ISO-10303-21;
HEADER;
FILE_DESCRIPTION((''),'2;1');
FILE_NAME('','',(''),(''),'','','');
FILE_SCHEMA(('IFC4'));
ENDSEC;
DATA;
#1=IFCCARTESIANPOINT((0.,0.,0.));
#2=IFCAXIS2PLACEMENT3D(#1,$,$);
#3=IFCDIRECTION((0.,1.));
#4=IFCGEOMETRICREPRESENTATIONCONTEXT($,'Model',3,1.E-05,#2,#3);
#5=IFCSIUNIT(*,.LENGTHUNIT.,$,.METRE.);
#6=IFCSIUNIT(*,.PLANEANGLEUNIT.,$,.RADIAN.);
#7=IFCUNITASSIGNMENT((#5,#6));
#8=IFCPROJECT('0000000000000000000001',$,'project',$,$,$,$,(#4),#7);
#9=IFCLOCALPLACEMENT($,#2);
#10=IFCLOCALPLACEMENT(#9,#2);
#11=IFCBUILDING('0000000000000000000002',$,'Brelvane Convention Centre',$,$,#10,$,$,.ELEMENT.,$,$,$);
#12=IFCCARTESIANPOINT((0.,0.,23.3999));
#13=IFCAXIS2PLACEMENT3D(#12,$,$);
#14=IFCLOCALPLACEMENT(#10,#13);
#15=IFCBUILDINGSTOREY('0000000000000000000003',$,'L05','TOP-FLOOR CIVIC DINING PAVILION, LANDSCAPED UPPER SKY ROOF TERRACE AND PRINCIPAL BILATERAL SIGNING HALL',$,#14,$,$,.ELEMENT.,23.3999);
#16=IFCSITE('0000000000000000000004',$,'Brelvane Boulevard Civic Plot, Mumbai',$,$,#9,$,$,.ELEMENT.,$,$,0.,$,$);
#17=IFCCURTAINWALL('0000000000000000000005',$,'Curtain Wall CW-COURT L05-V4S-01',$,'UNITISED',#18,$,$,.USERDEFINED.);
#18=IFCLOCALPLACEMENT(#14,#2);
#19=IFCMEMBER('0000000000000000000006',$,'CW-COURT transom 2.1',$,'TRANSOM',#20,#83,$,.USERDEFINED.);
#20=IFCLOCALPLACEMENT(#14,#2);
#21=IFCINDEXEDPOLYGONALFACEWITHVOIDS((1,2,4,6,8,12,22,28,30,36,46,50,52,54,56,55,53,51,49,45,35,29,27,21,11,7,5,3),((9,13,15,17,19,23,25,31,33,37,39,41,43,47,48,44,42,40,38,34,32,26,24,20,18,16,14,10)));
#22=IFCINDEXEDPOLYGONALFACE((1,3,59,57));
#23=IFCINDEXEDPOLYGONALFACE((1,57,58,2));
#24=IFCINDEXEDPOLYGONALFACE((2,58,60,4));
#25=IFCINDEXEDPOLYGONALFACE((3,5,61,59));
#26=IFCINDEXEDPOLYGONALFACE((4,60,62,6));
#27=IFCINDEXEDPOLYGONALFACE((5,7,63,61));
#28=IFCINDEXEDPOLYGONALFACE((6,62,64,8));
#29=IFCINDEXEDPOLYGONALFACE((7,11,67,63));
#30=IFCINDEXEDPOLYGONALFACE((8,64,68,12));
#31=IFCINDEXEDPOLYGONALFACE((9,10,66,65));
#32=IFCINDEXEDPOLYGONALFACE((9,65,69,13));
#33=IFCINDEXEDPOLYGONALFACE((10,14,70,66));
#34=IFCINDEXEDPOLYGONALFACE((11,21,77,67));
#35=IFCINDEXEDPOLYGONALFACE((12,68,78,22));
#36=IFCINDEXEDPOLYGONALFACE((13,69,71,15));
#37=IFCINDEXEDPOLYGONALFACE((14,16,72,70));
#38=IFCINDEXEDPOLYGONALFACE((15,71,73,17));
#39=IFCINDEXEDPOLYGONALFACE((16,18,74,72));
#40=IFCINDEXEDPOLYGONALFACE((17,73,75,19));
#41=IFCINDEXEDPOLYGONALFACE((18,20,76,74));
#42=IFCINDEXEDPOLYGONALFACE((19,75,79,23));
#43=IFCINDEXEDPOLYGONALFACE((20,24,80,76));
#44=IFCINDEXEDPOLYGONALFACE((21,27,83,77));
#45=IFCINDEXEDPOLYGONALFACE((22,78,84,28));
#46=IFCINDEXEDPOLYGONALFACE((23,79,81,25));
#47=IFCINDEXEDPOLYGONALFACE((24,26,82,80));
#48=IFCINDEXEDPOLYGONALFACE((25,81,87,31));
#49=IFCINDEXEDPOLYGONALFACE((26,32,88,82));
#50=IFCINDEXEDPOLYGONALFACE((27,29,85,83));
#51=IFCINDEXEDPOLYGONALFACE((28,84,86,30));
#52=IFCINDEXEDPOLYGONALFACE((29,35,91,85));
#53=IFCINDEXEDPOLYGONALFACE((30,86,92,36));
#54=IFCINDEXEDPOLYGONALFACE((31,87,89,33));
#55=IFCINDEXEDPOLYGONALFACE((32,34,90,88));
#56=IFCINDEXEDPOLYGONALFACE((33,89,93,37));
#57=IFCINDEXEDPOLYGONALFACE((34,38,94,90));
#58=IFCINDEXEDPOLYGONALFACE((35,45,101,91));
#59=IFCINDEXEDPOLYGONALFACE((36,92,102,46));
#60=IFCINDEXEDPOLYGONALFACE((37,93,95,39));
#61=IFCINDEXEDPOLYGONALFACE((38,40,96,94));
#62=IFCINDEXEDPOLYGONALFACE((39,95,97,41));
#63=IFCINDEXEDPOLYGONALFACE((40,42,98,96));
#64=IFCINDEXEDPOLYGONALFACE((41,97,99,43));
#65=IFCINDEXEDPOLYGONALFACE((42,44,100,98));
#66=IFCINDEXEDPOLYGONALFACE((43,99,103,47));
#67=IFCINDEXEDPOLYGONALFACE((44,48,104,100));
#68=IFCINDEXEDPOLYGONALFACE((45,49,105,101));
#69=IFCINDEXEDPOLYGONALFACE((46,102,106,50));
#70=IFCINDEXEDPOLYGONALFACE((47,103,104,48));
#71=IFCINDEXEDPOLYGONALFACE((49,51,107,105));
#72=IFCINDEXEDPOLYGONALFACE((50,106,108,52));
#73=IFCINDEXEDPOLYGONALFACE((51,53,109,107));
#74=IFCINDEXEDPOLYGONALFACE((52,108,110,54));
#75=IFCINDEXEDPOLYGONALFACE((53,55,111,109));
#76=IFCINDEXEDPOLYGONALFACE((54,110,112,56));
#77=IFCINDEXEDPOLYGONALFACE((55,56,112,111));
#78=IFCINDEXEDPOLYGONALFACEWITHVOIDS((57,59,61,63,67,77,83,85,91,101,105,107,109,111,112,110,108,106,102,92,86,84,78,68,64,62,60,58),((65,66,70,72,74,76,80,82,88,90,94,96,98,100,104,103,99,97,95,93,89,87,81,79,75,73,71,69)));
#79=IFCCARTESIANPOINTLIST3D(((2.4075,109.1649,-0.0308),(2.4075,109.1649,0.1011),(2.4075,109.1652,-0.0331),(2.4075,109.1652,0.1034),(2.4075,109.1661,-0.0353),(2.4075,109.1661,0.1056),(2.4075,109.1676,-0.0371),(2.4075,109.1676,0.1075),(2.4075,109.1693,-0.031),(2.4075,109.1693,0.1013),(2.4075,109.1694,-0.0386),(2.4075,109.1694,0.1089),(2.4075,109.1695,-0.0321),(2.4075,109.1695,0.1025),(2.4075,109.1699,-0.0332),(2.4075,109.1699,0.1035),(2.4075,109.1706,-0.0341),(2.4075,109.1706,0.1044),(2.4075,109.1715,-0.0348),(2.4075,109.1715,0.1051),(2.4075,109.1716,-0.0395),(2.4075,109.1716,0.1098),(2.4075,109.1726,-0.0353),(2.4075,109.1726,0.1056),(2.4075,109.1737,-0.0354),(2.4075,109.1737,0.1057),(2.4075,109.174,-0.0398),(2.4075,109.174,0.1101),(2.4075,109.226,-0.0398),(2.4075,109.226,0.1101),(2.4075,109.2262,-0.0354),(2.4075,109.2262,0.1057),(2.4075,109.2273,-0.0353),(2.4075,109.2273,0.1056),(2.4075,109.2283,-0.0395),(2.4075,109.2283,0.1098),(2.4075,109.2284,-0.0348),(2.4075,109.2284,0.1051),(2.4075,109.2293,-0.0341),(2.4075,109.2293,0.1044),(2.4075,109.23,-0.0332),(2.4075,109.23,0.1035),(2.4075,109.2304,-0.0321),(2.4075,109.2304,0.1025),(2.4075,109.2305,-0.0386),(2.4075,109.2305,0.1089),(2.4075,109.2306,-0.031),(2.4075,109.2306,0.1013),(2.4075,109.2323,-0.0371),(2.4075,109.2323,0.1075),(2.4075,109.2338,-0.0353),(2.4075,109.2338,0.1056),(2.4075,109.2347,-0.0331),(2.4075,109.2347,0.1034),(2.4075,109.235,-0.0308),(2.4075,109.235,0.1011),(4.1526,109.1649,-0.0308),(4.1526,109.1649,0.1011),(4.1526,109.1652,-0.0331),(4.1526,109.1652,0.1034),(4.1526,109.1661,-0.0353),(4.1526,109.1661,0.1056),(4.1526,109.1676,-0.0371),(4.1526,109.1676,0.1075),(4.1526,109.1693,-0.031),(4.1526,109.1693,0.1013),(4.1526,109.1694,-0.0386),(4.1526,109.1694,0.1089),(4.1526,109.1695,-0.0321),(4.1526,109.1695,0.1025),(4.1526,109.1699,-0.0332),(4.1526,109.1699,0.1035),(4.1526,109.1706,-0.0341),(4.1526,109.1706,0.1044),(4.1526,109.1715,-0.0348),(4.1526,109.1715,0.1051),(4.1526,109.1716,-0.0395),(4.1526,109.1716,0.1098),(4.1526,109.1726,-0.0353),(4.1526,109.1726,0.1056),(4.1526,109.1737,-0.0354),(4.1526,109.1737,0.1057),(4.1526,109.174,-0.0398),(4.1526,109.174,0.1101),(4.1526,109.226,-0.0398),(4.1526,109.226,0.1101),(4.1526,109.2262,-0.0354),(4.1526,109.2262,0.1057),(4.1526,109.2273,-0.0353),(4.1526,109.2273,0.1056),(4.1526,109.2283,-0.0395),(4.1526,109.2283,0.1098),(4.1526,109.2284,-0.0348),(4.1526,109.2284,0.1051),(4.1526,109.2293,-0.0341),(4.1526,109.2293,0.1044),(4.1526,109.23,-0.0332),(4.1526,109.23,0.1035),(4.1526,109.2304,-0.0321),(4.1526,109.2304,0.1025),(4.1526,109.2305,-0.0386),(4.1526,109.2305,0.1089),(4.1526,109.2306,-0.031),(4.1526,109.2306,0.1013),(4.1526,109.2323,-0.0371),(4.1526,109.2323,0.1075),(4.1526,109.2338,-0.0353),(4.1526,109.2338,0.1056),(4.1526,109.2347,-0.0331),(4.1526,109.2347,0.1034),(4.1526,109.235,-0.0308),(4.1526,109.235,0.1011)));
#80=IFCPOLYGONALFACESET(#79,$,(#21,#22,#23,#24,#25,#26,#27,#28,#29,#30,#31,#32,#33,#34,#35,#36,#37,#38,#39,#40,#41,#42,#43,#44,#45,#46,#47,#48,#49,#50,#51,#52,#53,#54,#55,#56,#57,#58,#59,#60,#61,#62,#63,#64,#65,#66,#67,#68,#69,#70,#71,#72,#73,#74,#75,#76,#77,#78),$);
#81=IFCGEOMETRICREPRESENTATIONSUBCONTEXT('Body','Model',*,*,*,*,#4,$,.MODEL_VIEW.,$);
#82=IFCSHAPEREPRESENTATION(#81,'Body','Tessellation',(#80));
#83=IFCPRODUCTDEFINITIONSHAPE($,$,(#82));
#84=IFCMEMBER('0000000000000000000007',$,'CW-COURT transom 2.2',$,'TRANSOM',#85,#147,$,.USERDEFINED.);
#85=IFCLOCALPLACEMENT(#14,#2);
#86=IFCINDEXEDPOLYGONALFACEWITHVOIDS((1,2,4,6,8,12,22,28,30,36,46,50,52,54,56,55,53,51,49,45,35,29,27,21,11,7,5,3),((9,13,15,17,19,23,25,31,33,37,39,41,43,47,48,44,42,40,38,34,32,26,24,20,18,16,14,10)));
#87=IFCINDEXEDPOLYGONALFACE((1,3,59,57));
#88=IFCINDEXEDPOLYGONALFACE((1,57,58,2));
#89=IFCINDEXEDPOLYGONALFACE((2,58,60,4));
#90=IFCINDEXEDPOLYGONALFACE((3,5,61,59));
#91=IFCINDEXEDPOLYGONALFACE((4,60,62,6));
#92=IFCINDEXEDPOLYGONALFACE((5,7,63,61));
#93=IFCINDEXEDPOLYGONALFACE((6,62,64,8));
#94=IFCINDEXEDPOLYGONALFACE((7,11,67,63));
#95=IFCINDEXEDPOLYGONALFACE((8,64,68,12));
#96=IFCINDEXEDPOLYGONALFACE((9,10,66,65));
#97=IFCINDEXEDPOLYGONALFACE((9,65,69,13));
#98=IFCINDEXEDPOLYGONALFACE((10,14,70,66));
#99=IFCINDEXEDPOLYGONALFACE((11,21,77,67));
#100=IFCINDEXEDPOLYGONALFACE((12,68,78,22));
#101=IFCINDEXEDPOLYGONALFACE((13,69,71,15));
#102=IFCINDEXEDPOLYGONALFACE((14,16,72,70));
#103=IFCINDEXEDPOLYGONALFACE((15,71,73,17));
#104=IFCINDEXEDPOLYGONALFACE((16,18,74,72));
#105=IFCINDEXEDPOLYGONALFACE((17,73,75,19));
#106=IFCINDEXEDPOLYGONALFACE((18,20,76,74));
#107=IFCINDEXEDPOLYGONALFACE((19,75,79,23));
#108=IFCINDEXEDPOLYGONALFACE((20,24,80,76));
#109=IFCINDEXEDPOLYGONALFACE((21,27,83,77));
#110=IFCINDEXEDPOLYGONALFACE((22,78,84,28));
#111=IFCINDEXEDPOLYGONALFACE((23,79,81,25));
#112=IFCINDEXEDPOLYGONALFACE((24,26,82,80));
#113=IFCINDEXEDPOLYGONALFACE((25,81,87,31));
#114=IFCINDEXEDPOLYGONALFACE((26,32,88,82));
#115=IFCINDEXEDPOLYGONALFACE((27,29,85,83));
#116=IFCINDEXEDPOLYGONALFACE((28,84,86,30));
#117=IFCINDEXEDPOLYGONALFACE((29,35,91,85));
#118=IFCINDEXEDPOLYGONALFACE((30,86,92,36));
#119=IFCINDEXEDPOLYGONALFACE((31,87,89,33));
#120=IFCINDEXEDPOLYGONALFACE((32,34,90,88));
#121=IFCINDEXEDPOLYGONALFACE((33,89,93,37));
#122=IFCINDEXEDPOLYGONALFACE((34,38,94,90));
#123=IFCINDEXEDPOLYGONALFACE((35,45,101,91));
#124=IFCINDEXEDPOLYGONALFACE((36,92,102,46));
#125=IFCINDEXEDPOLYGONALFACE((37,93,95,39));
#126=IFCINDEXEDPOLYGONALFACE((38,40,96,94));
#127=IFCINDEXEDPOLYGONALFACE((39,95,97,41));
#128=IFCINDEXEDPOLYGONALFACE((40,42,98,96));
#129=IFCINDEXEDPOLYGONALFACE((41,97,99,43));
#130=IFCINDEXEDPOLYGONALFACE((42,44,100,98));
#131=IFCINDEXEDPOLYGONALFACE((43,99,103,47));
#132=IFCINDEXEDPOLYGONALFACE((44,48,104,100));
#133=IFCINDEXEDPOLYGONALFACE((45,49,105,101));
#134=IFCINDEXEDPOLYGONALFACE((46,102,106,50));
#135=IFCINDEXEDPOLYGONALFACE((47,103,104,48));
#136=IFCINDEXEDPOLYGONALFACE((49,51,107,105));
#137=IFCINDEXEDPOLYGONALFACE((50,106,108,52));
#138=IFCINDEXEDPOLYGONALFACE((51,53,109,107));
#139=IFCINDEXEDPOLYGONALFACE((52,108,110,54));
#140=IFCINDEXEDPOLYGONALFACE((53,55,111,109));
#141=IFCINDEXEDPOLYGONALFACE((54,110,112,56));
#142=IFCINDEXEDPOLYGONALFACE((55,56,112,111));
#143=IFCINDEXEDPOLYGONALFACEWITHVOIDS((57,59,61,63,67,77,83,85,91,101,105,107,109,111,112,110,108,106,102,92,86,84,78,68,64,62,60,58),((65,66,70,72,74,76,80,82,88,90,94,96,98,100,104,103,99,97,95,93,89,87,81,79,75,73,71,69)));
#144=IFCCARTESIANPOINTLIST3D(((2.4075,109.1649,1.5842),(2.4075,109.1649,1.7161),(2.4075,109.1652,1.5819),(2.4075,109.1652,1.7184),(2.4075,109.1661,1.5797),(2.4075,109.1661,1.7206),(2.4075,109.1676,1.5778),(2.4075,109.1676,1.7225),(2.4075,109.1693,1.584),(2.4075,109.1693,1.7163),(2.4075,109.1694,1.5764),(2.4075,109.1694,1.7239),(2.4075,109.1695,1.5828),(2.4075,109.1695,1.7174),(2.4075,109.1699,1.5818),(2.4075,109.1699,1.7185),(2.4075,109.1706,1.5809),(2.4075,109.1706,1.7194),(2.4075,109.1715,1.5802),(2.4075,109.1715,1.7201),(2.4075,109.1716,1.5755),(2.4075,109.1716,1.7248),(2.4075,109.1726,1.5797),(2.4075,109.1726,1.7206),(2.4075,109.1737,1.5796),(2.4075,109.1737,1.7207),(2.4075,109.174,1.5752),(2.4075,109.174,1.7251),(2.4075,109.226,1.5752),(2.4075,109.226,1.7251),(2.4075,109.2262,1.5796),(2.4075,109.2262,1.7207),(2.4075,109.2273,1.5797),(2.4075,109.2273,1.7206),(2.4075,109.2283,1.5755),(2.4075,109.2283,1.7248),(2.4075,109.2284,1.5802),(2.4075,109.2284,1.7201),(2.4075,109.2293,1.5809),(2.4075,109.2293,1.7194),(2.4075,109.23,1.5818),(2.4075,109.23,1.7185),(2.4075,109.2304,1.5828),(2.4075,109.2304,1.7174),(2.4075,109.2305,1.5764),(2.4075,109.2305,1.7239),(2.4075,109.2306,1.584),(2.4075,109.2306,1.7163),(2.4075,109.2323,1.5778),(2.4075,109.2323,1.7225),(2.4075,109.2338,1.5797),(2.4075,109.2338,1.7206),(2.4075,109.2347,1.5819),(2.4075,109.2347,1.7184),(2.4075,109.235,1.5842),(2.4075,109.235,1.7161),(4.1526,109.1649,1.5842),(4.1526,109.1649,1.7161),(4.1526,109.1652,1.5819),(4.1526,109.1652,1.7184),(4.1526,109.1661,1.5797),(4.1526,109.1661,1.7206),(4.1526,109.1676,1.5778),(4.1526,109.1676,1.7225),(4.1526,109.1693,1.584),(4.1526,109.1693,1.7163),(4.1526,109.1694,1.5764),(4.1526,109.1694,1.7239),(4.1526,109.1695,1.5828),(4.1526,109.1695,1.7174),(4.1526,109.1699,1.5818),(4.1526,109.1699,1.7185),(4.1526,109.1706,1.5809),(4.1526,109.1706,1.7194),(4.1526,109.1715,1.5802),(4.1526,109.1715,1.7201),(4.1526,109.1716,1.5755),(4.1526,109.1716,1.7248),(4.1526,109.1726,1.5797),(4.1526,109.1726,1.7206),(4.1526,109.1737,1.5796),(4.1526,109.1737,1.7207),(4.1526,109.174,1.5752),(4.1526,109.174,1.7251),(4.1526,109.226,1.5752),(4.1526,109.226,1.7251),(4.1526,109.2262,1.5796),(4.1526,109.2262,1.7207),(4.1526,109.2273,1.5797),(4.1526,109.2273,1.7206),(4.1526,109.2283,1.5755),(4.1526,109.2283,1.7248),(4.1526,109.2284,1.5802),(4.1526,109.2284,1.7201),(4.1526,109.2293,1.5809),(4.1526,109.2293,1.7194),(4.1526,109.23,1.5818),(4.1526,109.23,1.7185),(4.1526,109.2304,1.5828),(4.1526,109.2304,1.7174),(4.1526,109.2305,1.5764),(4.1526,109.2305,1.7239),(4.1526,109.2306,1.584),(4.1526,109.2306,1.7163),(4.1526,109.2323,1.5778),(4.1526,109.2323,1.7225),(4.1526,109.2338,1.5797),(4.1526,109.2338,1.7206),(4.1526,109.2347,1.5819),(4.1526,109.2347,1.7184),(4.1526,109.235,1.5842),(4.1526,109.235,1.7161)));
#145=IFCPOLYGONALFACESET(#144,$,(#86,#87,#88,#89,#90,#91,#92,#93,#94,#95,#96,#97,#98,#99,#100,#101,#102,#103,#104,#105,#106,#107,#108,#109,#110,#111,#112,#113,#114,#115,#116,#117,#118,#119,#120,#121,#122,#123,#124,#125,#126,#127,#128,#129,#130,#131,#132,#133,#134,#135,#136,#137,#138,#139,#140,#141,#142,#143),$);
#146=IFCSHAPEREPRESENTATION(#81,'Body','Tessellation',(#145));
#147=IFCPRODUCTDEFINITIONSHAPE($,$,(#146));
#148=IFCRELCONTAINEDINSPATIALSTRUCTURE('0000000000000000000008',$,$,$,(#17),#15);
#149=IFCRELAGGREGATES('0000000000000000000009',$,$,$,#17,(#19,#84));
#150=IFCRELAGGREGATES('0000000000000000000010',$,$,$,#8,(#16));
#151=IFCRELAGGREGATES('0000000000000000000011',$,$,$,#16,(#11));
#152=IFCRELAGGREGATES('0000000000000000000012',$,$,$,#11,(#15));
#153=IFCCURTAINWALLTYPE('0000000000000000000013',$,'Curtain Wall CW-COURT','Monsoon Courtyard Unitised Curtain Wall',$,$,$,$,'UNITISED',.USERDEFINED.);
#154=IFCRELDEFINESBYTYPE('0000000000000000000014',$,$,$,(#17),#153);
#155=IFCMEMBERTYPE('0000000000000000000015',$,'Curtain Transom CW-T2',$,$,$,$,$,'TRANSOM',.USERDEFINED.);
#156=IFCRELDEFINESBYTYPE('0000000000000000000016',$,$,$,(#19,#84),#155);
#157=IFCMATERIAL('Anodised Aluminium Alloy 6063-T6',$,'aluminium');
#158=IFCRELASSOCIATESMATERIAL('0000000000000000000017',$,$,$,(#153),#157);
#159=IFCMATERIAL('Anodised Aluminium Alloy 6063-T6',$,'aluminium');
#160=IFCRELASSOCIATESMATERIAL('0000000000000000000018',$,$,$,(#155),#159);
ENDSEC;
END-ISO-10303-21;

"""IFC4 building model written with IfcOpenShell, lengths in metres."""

from ifc_helpers import new_model, si_unit, direction, frame, origin, origin_2d, place, context, subcontext, project, spatial, hollow_rectangle, extrude, material, material_profile, profile_set, type_object, element, aggregate, save


model = new_model("IFC4")

# Units and contexts
model_context = context("Model", 3, precision=1e-05, world=origin(), true_north=direction((0.0, 1.0)))
body_context = subcontext(model_context, "Body", "Model", "MODEL_VIEW")
ifc_project = project(units=[si_unit("LENGTHUNIT", "METRE"), si_unit("PLANEANGLEUNIT", "RADIAN")], contexts=[model_context])

# Site, building, storey
site_placement = place(None, origin())
site = spatial("IfcSite", under=ifc_project, at=site_placement, Name="Brelvane Boulevard Civic Plot, Mumbai", CompositionType="ELEMENT", RefElevation=0.0)
building_placement = place(site_placement, origin())
building = spatial("IfcBuilding", under=site, at=building_placement, Name="Brelvane Convention Centre", CompositionType="ELEMENT")
storey_placement = place(building_placement, frame((0.0, 0.0, 23.3999)))
storey = spatial("IfcBuildingStorey", under=building, at=storey_placement, Name="L05", Description="TOP-FLOOR CIVIC DINING PAVILION, LANDSCAPED UPPER SKY ROOF TERRACE AND PRINCIPAL BILATERAL SIGNING HALL", CompositionType="ELEMENT", Elevation=23.3999)

# Curtain wall
ifc_material_1 = material(Name="Anodised Aluminium Alloy 6063-T6", Category="aluminium")
curtain_wall_type = type_object("IfcCurtainWallType", Name="Curtain Wall CW-COURT", Description="Monsoon Courtyard Unitised Curtain Wall", ElementType="UNITISED", PredefinedType="USERDEFINED", material=ifc_material_1)
curtain_wall_1_placement = place(storey_placement, origin())
curtain_wall_1 = element("IfcCurtainWall", 1, at=curtain_wall_1_placement, inside=storey, type_object=curtain_wall_type, Name="Curtain Wall CW-COURT L05-V4S-01", ObjectType="UNITISED", PredefinedType="USERDEFINED")

# Members
ifc_material_2 = material(Name="Anodised Aluminium Alloy 6063-T6", Category="aluminium")
ifc_material_profile_1 = material_profile(ifc_material_2, hollow_rectangle(XDim=0.0701, YDim=0.1499, WallThickness=0.0044, InnerFilletRadius=0.0044, OuterFilletRadius=0.009, at=origin_2d()), Name="ALU-T 150x70x4.5")
ifc_profile_set_1 = profile_set([ifc_material_profile_1], Name="Anodised Aluminium Alloy 6063-T6")
member_type_1 = type_object("IfcMemberType", Name="Curtain Transom CW-T2", ElementType="TRANSOM", PredefinedType="USERDEFINED", material=ifc_profile_set_1)
member_1_placement = place(storey_placement, frame((2.4075, 109.2, 0.0352), z_axis=(1.0, 0.0, 0.0), x_axis=(0.0, 1.0, 0.0)))
member_1 = element("IfcMember", 2, at=member_1_placement, type_object=member_type_1, Name="CW-COURT transom 2.1", ObjectType="TRANSOM", PredefinedType="USERDEFINED", context=body_context, shape_type="SweptSolid", body=[
    extrude(hollow_rectangle(XDim=0.0701, YDim=0.1499, WallThickness=0.0044, InnerFilletRadius=0.0044, OuterFilletRadius=0.009, at=origin_2d()), origin(), (0.0, 0.0, 1.0), 1.7451),
])
member_2_placement = place(storey_placement, frame((2.4075, 109.2, 1.6501), z_axis=(1.0, 0.0, 0.0), x_axis=(0.0, 1.0, 0.0)))
member_2 = element("IfcMember", 3, at=member_2_placement, type_object=member_type_1, Name="CW-COURT transom 2.2", ObjectType="TRANSOM", PredefinedType="USERDEFINED", context=body_context, shape_type="SweptSolid", body=[
    extrude(hollow_rectangle(XDim=0.0701, YDim=0.1499, WallThickness=0.0044, InnerFilletRadius=0.0044, OuterFilletRadius=0.009, at=origin_2d()), origin(), (0.0, 0.0, 1.0), 1.7451),
])

aggregate(curtain_wall_1, [member_1, member_2])

save(model, "model.ifc")
